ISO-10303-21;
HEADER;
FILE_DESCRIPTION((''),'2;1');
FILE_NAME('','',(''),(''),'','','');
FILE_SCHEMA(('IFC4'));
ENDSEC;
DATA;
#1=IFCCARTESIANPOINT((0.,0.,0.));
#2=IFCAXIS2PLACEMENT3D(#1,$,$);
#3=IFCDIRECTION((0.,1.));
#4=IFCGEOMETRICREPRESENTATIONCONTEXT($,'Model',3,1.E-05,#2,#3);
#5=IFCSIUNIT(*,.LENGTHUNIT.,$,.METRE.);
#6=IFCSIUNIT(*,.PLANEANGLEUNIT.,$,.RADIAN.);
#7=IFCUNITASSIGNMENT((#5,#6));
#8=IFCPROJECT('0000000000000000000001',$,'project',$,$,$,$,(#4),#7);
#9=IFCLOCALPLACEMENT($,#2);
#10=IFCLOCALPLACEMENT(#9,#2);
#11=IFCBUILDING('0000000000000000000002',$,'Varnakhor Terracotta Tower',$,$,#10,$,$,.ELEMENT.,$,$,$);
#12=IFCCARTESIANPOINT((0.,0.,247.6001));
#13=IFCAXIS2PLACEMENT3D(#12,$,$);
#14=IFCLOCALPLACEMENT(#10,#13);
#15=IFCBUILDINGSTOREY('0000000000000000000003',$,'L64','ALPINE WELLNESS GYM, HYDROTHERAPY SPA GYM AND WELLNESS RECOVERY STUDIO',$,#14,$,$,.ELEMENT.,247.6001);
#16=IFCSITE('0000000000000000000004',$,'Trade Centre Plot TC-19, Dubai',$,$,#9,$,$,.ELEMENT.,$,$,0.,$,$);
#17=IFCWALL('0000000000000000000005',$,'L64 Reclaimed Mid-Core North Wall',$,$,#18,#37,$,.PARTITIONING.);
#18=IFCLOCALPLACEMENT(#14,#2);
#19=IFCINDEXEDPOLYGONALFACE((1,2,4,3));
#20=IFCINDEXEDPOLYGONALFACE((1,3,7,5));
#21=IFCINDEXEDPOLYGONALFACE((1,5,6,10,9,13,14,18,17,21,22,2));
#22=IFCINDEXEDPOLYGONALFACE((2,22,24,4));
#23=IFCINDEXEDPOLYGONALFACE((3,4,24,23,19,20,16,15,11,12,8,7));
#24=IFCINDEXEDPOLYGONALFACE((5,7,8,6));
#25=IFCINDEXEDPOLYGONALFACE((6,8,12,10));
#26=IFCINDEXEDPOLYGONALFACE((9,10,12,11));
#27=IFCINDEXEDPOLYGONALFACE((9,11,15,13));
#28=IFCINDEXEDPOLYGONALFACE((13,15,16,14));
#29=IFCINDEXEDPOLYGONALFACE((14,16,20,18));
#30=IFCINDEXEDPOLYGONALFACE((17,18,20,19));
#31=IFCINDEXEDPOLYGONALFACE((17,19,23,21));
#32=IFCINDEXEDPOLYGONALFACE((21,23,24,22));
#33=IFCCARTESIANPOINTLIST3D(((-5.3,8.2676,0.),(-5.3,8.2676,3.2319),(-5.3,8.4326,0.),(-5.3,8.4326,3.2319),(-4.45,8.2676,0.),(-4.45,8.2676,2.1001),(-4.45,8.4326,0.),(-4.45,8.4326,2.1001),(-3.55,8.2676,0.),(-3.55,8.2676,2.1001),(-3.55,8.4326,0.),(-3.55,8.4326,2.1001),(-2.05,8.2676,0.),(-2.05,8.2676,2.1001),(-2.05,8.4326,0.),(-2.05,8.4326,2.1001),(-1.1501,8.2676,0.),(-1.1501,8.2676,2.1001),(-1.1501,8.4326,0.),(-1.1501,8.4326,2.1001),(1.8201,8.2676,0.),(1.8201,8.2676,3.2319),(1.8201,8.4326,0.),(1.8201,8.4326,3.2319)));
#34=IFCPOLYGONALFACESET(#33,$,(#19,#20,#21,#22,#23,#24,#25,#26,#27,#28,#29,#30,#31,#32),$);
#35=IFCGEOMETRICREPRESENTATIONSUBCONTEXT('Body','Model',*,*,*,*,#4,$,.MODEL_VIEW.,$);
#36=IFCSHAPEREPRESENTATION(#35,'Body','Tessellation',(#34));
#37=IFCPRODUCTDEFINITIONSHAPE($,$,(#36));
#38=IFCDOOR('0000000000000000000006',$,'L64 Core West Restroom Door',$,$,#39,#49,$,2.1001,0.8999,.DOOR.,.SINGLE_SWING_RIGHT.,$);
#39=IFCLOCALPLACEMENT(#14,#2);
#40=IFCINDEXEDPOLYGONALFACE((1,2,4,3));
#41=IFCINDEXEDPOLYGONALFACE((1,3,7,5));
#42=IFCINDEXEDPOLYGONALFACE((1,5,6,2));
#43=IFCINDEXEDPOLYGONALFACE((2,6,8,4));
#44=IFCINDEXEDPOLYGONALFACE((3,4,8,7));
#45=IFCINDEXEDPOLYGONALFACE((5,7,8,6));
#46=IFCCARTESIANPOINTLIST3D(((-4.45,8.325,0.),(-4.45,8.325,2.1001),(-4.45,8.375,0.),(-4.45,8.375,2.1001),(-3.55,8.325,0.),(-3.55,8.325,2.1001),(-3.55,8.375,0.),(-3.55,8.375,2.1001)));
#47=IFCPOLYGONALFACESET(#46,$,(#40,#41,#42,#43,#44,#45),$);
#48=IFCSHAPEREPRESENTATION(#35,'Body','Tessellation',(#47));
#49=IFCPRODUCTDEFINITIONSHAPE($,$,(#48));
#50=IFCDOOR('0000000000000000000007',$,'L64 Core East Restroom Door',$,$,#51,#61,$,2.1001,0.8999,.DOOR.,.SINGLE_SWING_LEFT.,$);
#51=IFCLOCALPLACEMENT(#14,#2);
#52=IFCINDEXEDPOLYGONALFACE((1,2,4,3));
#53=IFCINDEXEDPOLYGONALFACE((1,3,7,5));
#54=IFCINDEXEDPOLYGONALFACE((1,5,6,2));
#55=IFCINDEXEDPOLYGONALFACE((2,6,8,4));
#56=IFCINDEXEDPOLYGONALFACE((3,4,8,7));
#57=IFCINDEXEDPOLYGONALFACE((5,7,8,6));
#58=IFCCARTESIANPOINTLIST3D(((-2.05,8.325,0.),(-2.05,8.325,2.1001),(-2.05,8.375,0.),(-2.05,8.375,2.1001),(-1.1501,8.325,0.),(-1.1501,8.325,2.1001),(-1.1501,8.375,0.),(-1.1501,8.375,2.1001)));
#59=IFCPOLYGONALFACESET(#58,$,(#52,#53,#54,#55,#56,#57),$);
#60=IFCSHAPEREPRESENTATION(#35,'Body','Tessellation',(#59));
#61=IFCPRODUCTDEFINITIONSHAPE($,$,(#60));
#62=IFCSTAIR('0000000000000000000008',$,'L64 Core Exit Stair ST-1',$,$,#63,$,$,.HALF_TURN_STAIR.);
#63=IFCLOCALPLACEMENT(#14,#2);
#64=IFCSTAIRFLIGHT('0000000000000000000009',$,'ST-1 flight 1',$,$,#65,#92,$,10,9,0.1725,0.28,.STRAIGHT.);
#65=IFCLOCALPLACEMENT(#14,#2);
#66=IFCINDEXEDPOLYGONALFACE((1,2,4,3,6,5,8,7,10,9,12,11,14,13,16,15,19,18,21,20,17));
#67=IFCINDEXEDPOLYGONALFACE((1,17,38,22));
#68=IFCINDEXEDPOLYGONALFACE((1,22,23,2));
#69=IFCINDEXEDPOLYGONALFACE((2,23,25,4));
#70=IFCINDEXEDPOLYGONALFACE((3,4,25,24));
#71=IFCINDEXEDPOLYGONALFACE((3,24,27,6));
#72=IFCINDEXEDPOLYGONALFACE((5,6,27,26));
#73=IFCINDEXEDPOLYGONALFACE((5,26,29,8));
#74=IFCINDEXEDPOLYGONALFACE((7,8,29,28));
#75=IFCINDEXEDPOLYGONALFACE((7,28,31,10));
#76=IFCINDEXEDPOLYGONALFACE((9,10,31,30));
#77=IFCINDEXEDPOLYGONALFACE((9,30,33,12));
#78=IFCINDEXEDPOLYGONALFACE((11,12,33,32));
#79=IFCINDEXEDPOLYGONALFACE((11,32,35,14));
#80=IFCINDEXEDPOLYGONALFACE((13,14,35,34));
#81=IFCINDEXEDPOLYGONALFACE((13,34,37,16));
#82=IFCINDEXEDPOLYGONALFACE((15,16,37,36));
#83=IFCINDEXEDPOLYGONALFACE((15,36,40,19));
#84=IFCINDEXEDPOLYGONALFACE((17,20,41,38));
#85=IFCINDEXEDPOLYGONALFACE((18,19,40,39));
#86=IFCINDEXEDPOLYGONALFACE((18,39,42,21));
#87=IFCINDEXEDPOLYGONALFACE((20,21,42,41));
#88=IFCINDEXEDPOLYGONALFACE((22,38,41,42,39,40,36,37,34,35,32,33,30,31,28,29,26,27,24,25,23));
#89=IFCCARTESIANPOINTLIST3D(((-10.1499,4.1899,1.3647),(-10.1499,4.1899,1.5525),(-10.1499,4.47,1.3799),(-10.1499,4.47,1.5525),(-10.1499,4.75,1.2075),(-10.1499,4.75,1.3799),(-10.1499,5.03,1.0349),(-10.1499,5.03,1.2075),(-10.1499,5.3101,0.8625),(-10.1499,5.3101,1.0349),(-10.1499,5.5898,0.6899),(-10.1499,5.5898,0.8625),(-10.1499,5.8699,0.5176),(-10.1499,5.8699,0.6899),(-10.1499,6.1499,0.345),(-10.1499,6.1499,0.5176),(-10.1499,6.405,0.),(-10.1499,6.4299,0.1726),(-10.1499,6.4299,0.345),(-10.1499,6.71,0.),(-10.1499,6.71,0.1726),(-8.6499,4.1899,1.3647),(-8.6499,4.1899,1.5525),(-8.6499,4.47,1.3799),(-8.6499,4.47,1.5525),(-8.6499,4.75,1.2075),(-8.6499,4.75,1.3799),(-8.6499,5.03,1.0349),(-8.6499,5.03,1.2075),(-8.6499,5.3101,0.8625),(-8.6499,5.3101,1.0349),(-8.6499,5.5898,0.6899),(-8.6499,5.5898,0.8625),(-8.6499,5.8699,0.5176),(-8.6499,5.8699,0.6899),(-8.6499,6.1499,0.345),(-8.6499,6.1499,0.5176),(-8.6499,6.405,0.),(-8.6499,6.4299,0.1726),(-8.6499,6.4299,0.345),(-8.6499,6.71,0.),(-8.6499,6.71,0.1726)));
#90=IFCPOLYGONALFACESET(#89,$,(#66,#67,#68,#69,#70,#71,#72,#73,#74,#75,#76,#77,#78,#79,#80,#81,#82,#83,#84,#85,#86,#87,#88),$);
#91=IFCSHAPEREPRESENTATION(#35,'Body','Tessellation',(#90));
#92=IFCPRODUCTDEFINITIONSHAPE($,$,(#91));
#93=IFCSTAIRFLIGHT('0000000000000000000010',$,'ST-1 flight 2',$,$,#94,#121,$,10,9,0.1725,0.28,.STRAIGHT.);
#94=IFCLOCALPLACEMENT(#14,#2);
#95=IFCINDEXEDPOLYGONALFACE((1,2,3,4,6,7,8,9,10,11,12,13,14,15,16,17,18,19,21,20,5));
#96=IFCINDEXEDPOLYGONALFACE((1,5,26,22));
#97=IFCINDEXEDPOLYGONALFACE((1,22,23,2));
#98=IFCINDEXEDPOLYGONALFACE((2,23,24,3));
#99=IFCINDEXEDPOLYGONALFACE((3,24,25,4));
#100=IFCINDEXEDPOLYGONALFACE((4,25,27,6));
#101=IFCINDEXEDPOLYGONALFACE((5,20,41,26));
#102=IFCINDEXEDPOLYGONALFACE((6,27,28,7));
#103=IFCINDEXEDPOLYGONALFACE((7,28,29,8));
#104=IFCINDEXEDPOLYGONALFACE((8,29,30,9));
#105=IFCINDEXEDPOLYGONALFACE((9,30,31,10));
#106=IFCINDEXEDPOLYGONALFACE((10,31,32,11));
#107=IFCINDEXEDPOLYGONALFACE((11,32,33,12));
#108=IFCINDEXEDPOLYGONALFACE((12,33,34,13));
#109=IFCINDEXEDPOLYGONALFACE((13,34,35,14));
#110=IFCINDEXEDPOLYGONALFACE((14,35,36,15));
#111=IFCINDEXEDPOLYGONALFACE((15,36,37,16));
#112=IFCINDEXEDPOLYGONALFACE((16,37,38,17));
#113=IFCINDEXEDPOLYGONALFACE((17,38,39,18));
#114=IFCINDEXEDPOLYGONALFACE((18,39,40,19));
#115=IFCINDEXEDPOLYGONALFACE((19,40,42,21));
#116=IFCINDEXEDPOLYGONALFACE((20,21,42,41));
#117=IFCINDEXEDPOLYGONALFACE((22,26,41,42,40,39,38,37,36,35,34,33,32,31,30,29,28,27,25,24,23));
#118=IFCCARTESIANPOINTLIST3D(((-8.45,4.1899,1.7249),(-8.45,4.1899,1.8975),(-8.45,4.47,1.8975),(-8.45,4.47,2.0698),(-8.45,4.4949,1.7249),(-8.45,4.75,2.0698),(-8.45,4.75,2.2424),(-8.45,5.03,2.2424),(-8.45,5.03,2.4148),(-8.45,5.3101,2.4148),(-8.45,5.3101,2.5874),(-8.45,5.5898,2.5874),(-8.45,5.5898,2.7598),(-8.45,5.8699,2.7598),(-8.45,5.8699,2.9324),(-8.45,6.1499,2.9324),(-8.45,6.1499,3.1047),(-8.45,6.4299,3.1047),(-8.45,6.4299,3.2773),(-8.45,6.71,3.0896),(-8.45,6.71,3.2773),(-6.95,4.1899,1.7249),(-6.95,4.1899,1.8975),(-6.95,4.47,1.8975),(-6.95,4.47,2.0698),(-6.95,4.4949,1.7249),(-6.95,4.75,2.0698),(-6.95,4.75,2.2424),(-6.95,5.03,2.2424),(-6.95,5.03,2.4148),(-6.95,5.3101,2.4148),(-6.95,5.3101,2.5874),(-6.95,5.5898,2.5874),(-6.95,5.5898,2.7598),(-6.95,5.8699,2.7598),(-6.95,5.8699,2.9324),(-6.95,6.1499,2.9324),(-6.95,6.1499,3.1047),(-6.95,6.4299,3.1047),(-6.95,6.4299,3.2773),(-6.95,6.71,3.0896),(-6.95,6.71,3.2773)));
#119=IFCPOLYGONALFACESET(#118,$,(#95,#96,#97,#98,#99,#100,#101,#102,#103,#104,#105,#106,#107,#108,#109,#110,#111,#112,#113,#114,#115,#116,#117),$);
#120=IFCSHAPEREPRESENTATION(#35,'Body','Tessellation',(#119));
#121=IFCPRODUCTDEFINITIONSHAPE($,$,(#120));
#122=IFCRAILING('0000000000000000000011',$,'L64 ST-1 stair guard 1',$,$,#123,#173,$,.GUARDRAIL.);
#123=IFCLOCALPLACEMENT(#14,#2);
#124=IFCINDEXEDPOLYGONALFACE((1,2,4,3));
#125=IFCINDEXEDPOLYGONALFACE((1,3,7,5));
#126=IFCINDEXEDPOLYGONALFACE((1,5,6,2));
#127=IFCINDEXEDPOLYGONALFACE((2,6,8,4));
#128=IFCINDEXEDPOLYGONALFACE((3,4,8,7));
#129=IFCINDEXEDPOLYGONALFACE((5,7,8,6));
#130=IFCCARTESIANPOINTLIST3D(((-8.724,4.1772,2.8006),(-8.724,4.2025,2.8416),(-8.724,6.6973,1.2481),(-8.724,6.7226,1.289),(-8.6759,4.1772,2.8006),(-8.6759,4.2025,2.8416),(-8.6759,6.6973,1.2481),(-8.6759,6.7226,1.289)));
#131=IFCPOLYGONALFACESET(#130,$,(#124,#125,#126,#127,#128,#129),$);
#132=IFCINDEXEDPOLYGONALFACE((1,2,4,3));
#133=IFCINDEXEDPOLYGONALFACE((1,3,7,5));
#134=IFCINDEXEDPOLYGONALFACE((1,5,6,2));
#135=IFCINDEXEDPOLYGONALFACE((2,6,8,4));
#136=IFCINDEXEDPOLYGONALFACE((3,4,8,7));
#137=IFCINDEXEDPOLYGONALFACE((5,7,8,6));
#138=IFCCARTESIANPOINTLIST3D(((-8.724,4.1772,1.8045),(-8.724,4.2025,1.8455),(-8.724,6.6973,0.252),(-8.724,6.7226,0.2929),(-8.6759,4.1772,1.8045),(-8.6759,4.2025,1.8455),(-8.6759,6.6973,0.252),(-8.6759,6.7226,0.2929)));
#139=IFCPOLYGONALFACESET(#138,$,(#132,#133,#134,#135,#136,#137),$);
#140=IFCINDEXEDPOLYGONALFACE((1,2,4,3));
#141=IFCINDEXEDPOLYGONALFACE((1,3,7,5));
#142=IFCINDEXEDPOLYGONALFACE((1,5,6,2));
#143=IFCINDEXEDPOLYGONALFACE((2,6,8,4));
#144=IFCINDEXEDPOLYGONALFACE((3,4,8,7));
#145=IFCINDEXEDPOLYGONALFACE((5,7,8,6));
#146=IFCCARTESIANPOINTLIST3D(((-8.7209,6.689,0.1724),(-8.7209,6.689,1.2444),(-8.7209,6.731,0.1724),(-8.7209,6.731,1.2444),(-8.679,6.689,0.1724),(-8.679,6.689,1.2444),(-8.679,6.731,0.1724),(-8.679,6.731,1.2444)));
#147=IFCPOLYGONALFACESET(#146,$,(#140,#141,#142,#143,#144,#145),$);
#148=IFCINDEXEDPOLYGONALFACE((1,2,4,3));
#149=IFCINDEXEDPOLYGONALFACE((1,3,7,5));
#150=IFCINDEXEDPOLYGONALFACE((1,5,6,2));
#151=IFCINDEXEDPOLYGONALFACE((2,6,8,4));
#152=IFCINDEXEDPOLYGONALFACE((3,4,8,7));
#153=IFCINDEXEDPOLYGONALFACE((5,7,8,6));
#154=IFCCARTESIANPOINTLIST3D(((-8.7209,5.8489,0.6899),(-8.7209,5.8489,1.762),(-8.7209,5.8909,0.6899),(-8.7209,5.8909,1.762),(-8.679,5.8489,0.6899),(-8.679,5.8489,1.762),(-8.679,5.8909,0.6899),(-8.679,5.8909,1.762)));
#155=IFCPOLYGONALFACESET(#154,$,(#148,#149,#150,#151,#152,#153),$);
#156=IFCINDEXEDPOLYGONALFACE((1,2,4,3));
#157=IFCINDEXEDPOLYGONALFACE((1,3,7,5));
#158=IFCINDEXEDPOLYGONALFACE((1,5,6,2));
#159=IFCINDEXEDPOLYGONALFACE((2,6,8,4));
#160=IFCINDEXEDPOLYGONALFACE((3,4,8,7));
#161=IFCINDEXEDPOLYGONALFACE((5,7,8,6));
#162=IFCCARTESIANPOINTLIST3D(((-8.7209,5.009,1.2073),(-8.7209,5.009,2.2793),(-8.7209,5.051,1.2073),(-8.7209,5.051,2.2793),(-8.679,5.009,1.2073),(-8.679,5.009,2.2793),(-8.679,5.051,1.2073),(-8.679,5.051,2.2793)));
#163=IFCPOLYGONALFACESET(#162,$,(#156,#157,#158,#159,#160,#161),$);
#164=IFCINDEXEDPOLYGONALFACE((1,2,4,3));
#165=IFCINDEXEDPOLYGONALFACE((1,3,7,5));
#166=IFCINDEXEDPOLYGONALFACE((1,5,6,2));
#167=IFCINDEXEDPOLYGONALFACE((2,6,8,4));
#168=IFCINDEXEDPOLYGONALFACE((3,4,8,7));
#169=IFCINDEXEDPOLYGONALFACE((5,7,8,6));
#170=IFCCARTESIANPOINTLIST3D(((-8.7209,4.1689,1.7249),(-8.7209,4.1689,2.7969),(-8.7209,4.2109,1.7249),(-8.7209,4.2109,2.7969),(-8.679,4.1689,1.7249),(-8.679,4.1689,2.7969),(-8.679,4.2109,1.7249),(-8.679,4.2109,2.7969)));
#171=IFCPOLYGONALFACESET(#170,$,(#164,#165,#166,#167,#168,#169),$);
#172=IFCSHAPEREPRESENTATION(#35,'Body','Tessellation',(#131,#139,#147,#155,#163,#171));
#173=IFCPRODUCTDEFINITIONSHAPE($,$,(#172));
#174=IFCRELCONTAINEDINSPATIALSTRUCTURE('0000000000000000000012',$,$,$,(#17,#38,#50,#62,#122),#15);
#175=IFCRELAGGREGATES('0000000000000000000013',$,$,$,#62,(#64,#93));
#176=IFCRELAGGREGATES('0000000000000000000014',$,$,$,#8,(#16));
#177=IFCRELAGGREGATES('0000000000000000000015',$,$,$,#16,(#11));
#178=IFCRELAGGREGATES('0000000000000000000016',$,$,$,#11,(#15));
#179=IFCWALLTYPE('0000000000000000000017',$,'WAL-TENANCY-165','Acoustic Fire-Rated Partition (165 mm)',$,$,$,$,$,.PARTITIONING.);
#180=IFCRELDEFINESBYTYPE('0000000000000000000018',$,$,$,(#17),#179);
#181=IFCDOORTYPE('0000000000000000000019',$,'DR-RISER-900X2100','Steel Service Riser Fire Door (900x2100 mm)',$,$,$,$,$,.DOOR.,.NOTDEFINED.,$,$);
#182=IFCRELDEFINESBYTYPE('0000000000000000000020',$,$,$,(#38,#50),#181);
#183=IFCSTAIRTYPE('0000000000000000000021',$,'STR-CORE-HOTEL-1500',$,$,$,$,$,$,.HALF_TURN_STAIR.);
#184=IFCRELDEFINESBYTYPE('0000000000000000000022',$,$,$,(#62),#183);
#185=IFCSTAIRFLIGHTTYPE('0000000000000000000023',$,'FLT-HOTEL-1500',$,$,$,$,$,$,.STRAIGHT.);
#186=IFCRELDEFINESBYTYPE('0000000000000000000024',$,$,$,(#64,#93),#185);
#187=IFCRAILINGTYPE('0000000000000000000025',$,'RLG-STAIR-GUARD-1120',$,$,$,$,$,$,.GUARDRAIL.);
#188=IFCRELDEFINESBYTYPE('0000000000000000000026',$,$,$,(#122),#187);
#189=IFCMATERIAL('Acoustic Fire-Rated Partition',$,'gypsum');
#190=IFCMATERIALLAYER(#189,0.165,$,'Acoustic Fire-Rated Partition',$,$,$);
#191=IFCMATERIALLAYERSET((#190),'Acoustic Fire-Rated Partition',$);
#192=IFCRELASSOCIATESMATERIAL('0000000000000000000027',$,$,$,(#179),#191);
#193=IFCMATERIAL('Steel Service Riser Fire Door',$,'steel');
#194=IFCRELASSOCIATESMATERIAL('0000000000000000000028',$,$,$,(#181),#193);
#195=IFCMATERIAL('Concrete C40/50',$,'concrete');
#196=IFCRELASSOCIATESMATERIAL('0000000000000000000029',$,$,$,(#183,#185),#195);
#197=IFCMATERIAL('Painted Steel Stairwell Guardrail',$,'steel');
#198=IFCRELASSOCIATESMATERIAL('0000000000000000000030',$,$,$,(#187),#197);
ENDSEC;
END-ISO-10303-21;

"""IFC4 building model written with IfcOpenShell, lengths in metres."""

from ifc_helpers import new_model, si_unit, direction, frame, frame_2d, origin, origin_2d, place, context, subcontext, project, spatial, polyline, rectangle, outline, extrude, source, transform, mapped, material, layer, layer_set, type_object, type_shapes, element, fill, aggregate, save


model = new_model("IFC4")

# Units and contexts
model_context = context("Model", 3, precision=1e-05, world=origin(), true_north=direction((0.0, 1.0)))
body_context = subcontext(model_context, "Body", "Model", "MODEL_VIEW")
ifc_project = project(units=[si_unit("LENGTHUNIT", "METRE"), si_unit("PLANEANGLEUNIT", "RADIAN")], contexts=[model_context])

# Site, building, storey
site_placement = place(None, origin())
site = spatial("IfcSite", under=ifc_project, at=site_placement, Name="Trade Centre Plot TC-19, Dubai", CompositionType="ELEMENT", RefElevation=0.0)
building_placement = place(site_placement, origin())
building = spatial("IfcBuilding", under=site, at=building_placement, Name="Varnakhor Terracotta Tower", CompositionType="ELEMENT")
storey_placement = place(building_placement, frame((0.0, 0.0, 247.6001)))
storey = spatial("IfcBuildingStorey", under=building, at=storey_placement, Name="L64", Description="ALPINE WELLNESS GYM, HYDROTHERAPY SPA GYM AND WELLNESS RECOVERY STUDIO", CompositionType="ELEMENT", Elevation=247.6001)

# Shared definitions
ifc_material_1 = material(Name="Concrete C40/50", Category="concrete")

# Shared definitions
ifc_material_2 = material(Name="Acoustic Fire-Rated Partition", Category="gypsum")
ifc_layer_1 = layer(ifc_material_2, 0.165, Name="Acoustic Fire-Rated Partition")
ifc_layer_set_1 = layer_set([ifc_layer_1], Name="Acoustic Fire-Rated Partition")
wall_type_1 = type_object("IfcWallType", Name="WAL-TENANCY-165", Description="Acoustic Fire-Rated Partition (165 mm)", PredefinedType="PARTITIONING", material=ifc_layer_set_1)
ifc_material_3 = material(Name="Steel Service Riser Fire Door", Category="steel")
door_type_1 = type_object("IfcDoorType", Name="DR-RISER-900X2100", Description="Steel Service Riser Fire Door (900x2100 mm)", OperationType="NOTDEFINED", PredefinedType="DOOR", material=ifc_material_3)
shared_shape_1 = source(origin(), body_context, "Body", "SweptSolid", [
    extrude(rectangle(XDim=0.8999, YDim=2.1001, at=frame_2d((0.45, 1.05))), frame((0.0, 0.0249, 0.0), z_axis=(0.0, -1.0, 0.0), x_axis=(1.0, 0.0, 0.0)), (0.0, 0.0, 1.0), 0.05),
])
type_shapes(door_type_1, [shared_shape_1])

# Wall, openings, doors
wall_1_placement = place(storey_placement, frame((-5.3, 8.3501, 0.0), z_axis=(0.0, 0.0, 1.0), x_axis=(1.0, 0.0, 0.0)))
wall_1 = element("IfcWall", 1, at=wall_1_placement, inside=storey, type_object=wall_type_1, Name="L64 Reclaimed Mid-Core North Wall", PredefinedType="PARTITIONING", context=body_context, shape_type="SweptSolid", body=[
    extrude(rectangle(XDim=7.1201, YDim=0.165, at=frame_2d((3.5601, 0.0))), origin(), (0.0, 0.0, 1.0), 3.2319),
])
opening_1_placement = place(wall_1_placement, frame((0.8501, 0.0, 0.0)))
opening_1 = element("IfcOpeningElement", 2, at=opening_1_placement, cuts=wall_1, PredefinedType="OPENING", context=body_context, shape_type="SweptSolid", body=[
    extrude(rectangle(XDim=0.8999, YDim=2.1001, at=frame_2d((0.45, 1.05))), frame((0.0, 0.0925, 0.0), z_axis=(0.0, -1.0, 0.0), x_axis=(1.0, 0.0, 0.0)), (0.0, 0.0, 1.0), 0.1851),
])
opening_2_placement = place(wall_1_placement, frame((3.25, 0.0, 0.0)))
opening_2 = element("IfcOpeningElement", 3, at=opening_2_placement, cuts=wall_1, PredefinedType="OPENING", context=body_context, shape_type="SweptSolid", body=[
    extrude(rectangle(XDim=0.8999, YDim=2.1001, at=frame_2d((0.45, 1.05))), frame((0.0, 0.0925, 0.0), z_axis=(0.0, -1.0, 0.0), x_axis=(1.0, 0.0, 0.0)), (0.0, 0.0, 1.0), 0.1851),
])
door_1_placement = place(opening_1_placement, origin())
door_1 = element("IfcDoor", 4, at=door_1_placement, inside=storey, type_object=door_type_1, Name="L64 Core West Restroom Door", OperationType="SINGLE_SWING_RIGHT", OverallHeight=2.1001, OverallWidth=0.8999, PredefinedType="DOOR", context=body_context, shape_type="MappedRepresentation", body=[
    mapped(shared_shape_1, transform((0.0, 0.0, 0.0), scale=1.0)),
])
fill(opening_1, door_1)
door_2_placement = place(opening_2_placement, origin())
door_2 = element("IfcDoor", 5, at=door_2_placement, inside=storey, type_object=door_type_1, Name="L64 Core East Restroom Door", OperationType="SINGLE_SWING_LEFT", OverallHeight=2.1001, OverallWidth=0.8999, PredefinedType="DOOR", context=body_context, shape_type="MappedRepresentation", body=[
    mapped(shared_shape_1, transform((0.0, 0.0, 0.0), scale=1.0)),
])
fill(opening_2, door_2)

# Stair, stair flights
stair_type = type_object("IfcStairType", Name="STR-CORE-HOTEL-1500", PredefinedType="HALF_TURN_STAIR", material=ifc_material_1)
stair_placement = place(storey_placement, origin())
stair = element("IfcStair", 6, at=stair_placement, inside=storey, type_object=stair_type, Name="L64 Core Exit Stair ST-1", PredefinedType="HALF_TURN_STAIR")
stair_flight_type = type_object("IfcStairFlightType", Name="FLT-HOTEL-1500", PredefinedType="STRAIGHT", material=ifc_material_1)
stair_flight_1_placement = place(storey_placement, frame((-9.3999, 6.71, 0.0), z_axis=(0.0, 0.0, 1.0), x_axis=(0.0, -1.0, 0.0)))
stair_flight_1 = element("IfcStairFlight", 7, at=stair_flight_1_placement, type_object=stair_flight_type, Name="ST-1 flight 1", NumberOfRisers=10, NumberOfTreads=9, PredefinedType="STRAIGHT", RiserHeight=0.1725, TreadLength=0.28, context=body_context, shape_type="SweptSolid", body=[
    extrude(outline(polyline([(0.0, 0.0), (0.0, 0.1726), (0.28, 0.1726), (0.28, 0.345), (0.5601, 0.345), (0.5601, 0.5176), (0.8401, 0.5176), (0.8401, 0.6899), (1.1201, 0.6899), (1.1201, 0.8625), (1.3999, 0.8625), (1.3999, 1.0349), (1.6799, 1.0349), (1.6799, 1.2075), (1.96, 1.2075), (1.96, 1.3799), (2.24, 1.3799), (2.24, 1.5525), (2.52, 1.5525), (2.52, 1.7251), (2.52, 1.3647), (0.3049, 0.0), (0.0, 0.0)])), frame((0.0, 0.75, 0.0), z_axis=(0.0, -1.0, 0.0), x_axis=(1.0, 0.0, 0.0)), (0.0, 0.0, 1.0), 1.5),
])
stair_flight_2_placement = place(storey_placement, frame((-7.7, 4.1899, 1.7249), z_axis=(0.0, 0.0, 1.0), x_axis=(0.0, 1.0, 0.0)))
stair_flight_2 = element("IfcStairFlight", 8, at=stair_flight_2_placement, type_object=stair_flight_type, Name="ST-1 flight 2", NumberOfRisers=10, NumberOfTreads=9, PredefinedType="STRAIGHT", RiserHeight=0.1725, TreadLength=0.28, context=body_context, shape_type="SweptSolid", body=[
    extrude(outline(polyline([(0.0, 0.0), (0.0, 0.1726), (0.28, 0.1726), (0.28, 0.345), (0.5601, 0.345), (0.5601, 0.5176), (0.8401, 0.5176), (0.8401, 0.6899), (1.1201, 0.6899), (1.1201, 0.8625), (1.3999, 0.8625), (1.3999, 1.0349), (1.6799, 1.0349), (1.6799, 1.2075), (1.96, 1.2075), (1.96, 1.3799), (2.24, 1.3799), (2.24, 1.5525), (2.52, 1.5525), (2.52, 1.7251), (2.52, 1.3647), (0.3049, 0.0), (0.0, 0.0)])), frame((0.0, 0.75, 0.0), z_axis=(0.0, -1.0, 0.0), x_axis=(1.0, 0.0, 0.0)), (0.0, 0.0, 1.0), 1.5),
])
aggregate(stair, [stair_flight_1, stair_flight_2])

# Railing
ifc_material_4 = material(Name="Painted Steel Stairwell Guardrail", Category="steel")
railing_type_1 = type_object("IfcRailingType", Name="RLG-STAIR-GUARD-1120", PredefinedType="GUARDRAIL", material=ifc_material_4)
railing_1_placement = place(storey_placement, frame((-8.7, 6.71, 0.1724)))
element("IfcRailing", 9, at=railing_1_placement, inside=storey, type_object=railing_type_1, Name="L64 ST-1 stair guard 1", PredefinedType="GUARDRAIL", context=body_context, shape_type="SweptSolid", body=[
    extrude(rectangle(XDim=0.0481, YDim=0.0481, at=origin_2d()), frame((0.0, 0.0, 1.0962), z_axis=(0.0, -0.8514, 0.524516), x_axis=(1.0, 0.0, 0.0)), (0.0, 0.0, 1.0), 2.96),
    extrude(rectangle(XDim=0.0481, YDim=0.0481, at=origin_2d()), frame((0.0, 0.0, 0.1001), z_axis=(0.0, -0.8514, 0.524516), x_axis=(1.0, 0.0, 0.0)), (0.0, 0.0, 1.0), 2.96),
    extrude(rectangle(XDim=0.042, YDim=0.042, at=origin_2d()), origin(), (0.0, 0.0, 1.0), 1.072),
    extrude(rectangle(XDim=0.042, YDim=0.042, at=origin_2d()), frame((0.0, -0.8401, 0.5176)), (0.0, 0.0, 1.0), 1.072),
    extrude(rectangle(XDim=0.042, YDim=0.042, at=origin_2d()), frame((0.0, -1.6799, 1.0349)), (0.0, 0.0, 1.0), 1.072),
    extrude(rectangle(XDim=0.042, YDim=0.042, at=origin_2d()), frame((0.0, -2.52, 1.5525)), (0.0, 0.0, 1.0), 1.072),
])

save(model, "model.ifc")
